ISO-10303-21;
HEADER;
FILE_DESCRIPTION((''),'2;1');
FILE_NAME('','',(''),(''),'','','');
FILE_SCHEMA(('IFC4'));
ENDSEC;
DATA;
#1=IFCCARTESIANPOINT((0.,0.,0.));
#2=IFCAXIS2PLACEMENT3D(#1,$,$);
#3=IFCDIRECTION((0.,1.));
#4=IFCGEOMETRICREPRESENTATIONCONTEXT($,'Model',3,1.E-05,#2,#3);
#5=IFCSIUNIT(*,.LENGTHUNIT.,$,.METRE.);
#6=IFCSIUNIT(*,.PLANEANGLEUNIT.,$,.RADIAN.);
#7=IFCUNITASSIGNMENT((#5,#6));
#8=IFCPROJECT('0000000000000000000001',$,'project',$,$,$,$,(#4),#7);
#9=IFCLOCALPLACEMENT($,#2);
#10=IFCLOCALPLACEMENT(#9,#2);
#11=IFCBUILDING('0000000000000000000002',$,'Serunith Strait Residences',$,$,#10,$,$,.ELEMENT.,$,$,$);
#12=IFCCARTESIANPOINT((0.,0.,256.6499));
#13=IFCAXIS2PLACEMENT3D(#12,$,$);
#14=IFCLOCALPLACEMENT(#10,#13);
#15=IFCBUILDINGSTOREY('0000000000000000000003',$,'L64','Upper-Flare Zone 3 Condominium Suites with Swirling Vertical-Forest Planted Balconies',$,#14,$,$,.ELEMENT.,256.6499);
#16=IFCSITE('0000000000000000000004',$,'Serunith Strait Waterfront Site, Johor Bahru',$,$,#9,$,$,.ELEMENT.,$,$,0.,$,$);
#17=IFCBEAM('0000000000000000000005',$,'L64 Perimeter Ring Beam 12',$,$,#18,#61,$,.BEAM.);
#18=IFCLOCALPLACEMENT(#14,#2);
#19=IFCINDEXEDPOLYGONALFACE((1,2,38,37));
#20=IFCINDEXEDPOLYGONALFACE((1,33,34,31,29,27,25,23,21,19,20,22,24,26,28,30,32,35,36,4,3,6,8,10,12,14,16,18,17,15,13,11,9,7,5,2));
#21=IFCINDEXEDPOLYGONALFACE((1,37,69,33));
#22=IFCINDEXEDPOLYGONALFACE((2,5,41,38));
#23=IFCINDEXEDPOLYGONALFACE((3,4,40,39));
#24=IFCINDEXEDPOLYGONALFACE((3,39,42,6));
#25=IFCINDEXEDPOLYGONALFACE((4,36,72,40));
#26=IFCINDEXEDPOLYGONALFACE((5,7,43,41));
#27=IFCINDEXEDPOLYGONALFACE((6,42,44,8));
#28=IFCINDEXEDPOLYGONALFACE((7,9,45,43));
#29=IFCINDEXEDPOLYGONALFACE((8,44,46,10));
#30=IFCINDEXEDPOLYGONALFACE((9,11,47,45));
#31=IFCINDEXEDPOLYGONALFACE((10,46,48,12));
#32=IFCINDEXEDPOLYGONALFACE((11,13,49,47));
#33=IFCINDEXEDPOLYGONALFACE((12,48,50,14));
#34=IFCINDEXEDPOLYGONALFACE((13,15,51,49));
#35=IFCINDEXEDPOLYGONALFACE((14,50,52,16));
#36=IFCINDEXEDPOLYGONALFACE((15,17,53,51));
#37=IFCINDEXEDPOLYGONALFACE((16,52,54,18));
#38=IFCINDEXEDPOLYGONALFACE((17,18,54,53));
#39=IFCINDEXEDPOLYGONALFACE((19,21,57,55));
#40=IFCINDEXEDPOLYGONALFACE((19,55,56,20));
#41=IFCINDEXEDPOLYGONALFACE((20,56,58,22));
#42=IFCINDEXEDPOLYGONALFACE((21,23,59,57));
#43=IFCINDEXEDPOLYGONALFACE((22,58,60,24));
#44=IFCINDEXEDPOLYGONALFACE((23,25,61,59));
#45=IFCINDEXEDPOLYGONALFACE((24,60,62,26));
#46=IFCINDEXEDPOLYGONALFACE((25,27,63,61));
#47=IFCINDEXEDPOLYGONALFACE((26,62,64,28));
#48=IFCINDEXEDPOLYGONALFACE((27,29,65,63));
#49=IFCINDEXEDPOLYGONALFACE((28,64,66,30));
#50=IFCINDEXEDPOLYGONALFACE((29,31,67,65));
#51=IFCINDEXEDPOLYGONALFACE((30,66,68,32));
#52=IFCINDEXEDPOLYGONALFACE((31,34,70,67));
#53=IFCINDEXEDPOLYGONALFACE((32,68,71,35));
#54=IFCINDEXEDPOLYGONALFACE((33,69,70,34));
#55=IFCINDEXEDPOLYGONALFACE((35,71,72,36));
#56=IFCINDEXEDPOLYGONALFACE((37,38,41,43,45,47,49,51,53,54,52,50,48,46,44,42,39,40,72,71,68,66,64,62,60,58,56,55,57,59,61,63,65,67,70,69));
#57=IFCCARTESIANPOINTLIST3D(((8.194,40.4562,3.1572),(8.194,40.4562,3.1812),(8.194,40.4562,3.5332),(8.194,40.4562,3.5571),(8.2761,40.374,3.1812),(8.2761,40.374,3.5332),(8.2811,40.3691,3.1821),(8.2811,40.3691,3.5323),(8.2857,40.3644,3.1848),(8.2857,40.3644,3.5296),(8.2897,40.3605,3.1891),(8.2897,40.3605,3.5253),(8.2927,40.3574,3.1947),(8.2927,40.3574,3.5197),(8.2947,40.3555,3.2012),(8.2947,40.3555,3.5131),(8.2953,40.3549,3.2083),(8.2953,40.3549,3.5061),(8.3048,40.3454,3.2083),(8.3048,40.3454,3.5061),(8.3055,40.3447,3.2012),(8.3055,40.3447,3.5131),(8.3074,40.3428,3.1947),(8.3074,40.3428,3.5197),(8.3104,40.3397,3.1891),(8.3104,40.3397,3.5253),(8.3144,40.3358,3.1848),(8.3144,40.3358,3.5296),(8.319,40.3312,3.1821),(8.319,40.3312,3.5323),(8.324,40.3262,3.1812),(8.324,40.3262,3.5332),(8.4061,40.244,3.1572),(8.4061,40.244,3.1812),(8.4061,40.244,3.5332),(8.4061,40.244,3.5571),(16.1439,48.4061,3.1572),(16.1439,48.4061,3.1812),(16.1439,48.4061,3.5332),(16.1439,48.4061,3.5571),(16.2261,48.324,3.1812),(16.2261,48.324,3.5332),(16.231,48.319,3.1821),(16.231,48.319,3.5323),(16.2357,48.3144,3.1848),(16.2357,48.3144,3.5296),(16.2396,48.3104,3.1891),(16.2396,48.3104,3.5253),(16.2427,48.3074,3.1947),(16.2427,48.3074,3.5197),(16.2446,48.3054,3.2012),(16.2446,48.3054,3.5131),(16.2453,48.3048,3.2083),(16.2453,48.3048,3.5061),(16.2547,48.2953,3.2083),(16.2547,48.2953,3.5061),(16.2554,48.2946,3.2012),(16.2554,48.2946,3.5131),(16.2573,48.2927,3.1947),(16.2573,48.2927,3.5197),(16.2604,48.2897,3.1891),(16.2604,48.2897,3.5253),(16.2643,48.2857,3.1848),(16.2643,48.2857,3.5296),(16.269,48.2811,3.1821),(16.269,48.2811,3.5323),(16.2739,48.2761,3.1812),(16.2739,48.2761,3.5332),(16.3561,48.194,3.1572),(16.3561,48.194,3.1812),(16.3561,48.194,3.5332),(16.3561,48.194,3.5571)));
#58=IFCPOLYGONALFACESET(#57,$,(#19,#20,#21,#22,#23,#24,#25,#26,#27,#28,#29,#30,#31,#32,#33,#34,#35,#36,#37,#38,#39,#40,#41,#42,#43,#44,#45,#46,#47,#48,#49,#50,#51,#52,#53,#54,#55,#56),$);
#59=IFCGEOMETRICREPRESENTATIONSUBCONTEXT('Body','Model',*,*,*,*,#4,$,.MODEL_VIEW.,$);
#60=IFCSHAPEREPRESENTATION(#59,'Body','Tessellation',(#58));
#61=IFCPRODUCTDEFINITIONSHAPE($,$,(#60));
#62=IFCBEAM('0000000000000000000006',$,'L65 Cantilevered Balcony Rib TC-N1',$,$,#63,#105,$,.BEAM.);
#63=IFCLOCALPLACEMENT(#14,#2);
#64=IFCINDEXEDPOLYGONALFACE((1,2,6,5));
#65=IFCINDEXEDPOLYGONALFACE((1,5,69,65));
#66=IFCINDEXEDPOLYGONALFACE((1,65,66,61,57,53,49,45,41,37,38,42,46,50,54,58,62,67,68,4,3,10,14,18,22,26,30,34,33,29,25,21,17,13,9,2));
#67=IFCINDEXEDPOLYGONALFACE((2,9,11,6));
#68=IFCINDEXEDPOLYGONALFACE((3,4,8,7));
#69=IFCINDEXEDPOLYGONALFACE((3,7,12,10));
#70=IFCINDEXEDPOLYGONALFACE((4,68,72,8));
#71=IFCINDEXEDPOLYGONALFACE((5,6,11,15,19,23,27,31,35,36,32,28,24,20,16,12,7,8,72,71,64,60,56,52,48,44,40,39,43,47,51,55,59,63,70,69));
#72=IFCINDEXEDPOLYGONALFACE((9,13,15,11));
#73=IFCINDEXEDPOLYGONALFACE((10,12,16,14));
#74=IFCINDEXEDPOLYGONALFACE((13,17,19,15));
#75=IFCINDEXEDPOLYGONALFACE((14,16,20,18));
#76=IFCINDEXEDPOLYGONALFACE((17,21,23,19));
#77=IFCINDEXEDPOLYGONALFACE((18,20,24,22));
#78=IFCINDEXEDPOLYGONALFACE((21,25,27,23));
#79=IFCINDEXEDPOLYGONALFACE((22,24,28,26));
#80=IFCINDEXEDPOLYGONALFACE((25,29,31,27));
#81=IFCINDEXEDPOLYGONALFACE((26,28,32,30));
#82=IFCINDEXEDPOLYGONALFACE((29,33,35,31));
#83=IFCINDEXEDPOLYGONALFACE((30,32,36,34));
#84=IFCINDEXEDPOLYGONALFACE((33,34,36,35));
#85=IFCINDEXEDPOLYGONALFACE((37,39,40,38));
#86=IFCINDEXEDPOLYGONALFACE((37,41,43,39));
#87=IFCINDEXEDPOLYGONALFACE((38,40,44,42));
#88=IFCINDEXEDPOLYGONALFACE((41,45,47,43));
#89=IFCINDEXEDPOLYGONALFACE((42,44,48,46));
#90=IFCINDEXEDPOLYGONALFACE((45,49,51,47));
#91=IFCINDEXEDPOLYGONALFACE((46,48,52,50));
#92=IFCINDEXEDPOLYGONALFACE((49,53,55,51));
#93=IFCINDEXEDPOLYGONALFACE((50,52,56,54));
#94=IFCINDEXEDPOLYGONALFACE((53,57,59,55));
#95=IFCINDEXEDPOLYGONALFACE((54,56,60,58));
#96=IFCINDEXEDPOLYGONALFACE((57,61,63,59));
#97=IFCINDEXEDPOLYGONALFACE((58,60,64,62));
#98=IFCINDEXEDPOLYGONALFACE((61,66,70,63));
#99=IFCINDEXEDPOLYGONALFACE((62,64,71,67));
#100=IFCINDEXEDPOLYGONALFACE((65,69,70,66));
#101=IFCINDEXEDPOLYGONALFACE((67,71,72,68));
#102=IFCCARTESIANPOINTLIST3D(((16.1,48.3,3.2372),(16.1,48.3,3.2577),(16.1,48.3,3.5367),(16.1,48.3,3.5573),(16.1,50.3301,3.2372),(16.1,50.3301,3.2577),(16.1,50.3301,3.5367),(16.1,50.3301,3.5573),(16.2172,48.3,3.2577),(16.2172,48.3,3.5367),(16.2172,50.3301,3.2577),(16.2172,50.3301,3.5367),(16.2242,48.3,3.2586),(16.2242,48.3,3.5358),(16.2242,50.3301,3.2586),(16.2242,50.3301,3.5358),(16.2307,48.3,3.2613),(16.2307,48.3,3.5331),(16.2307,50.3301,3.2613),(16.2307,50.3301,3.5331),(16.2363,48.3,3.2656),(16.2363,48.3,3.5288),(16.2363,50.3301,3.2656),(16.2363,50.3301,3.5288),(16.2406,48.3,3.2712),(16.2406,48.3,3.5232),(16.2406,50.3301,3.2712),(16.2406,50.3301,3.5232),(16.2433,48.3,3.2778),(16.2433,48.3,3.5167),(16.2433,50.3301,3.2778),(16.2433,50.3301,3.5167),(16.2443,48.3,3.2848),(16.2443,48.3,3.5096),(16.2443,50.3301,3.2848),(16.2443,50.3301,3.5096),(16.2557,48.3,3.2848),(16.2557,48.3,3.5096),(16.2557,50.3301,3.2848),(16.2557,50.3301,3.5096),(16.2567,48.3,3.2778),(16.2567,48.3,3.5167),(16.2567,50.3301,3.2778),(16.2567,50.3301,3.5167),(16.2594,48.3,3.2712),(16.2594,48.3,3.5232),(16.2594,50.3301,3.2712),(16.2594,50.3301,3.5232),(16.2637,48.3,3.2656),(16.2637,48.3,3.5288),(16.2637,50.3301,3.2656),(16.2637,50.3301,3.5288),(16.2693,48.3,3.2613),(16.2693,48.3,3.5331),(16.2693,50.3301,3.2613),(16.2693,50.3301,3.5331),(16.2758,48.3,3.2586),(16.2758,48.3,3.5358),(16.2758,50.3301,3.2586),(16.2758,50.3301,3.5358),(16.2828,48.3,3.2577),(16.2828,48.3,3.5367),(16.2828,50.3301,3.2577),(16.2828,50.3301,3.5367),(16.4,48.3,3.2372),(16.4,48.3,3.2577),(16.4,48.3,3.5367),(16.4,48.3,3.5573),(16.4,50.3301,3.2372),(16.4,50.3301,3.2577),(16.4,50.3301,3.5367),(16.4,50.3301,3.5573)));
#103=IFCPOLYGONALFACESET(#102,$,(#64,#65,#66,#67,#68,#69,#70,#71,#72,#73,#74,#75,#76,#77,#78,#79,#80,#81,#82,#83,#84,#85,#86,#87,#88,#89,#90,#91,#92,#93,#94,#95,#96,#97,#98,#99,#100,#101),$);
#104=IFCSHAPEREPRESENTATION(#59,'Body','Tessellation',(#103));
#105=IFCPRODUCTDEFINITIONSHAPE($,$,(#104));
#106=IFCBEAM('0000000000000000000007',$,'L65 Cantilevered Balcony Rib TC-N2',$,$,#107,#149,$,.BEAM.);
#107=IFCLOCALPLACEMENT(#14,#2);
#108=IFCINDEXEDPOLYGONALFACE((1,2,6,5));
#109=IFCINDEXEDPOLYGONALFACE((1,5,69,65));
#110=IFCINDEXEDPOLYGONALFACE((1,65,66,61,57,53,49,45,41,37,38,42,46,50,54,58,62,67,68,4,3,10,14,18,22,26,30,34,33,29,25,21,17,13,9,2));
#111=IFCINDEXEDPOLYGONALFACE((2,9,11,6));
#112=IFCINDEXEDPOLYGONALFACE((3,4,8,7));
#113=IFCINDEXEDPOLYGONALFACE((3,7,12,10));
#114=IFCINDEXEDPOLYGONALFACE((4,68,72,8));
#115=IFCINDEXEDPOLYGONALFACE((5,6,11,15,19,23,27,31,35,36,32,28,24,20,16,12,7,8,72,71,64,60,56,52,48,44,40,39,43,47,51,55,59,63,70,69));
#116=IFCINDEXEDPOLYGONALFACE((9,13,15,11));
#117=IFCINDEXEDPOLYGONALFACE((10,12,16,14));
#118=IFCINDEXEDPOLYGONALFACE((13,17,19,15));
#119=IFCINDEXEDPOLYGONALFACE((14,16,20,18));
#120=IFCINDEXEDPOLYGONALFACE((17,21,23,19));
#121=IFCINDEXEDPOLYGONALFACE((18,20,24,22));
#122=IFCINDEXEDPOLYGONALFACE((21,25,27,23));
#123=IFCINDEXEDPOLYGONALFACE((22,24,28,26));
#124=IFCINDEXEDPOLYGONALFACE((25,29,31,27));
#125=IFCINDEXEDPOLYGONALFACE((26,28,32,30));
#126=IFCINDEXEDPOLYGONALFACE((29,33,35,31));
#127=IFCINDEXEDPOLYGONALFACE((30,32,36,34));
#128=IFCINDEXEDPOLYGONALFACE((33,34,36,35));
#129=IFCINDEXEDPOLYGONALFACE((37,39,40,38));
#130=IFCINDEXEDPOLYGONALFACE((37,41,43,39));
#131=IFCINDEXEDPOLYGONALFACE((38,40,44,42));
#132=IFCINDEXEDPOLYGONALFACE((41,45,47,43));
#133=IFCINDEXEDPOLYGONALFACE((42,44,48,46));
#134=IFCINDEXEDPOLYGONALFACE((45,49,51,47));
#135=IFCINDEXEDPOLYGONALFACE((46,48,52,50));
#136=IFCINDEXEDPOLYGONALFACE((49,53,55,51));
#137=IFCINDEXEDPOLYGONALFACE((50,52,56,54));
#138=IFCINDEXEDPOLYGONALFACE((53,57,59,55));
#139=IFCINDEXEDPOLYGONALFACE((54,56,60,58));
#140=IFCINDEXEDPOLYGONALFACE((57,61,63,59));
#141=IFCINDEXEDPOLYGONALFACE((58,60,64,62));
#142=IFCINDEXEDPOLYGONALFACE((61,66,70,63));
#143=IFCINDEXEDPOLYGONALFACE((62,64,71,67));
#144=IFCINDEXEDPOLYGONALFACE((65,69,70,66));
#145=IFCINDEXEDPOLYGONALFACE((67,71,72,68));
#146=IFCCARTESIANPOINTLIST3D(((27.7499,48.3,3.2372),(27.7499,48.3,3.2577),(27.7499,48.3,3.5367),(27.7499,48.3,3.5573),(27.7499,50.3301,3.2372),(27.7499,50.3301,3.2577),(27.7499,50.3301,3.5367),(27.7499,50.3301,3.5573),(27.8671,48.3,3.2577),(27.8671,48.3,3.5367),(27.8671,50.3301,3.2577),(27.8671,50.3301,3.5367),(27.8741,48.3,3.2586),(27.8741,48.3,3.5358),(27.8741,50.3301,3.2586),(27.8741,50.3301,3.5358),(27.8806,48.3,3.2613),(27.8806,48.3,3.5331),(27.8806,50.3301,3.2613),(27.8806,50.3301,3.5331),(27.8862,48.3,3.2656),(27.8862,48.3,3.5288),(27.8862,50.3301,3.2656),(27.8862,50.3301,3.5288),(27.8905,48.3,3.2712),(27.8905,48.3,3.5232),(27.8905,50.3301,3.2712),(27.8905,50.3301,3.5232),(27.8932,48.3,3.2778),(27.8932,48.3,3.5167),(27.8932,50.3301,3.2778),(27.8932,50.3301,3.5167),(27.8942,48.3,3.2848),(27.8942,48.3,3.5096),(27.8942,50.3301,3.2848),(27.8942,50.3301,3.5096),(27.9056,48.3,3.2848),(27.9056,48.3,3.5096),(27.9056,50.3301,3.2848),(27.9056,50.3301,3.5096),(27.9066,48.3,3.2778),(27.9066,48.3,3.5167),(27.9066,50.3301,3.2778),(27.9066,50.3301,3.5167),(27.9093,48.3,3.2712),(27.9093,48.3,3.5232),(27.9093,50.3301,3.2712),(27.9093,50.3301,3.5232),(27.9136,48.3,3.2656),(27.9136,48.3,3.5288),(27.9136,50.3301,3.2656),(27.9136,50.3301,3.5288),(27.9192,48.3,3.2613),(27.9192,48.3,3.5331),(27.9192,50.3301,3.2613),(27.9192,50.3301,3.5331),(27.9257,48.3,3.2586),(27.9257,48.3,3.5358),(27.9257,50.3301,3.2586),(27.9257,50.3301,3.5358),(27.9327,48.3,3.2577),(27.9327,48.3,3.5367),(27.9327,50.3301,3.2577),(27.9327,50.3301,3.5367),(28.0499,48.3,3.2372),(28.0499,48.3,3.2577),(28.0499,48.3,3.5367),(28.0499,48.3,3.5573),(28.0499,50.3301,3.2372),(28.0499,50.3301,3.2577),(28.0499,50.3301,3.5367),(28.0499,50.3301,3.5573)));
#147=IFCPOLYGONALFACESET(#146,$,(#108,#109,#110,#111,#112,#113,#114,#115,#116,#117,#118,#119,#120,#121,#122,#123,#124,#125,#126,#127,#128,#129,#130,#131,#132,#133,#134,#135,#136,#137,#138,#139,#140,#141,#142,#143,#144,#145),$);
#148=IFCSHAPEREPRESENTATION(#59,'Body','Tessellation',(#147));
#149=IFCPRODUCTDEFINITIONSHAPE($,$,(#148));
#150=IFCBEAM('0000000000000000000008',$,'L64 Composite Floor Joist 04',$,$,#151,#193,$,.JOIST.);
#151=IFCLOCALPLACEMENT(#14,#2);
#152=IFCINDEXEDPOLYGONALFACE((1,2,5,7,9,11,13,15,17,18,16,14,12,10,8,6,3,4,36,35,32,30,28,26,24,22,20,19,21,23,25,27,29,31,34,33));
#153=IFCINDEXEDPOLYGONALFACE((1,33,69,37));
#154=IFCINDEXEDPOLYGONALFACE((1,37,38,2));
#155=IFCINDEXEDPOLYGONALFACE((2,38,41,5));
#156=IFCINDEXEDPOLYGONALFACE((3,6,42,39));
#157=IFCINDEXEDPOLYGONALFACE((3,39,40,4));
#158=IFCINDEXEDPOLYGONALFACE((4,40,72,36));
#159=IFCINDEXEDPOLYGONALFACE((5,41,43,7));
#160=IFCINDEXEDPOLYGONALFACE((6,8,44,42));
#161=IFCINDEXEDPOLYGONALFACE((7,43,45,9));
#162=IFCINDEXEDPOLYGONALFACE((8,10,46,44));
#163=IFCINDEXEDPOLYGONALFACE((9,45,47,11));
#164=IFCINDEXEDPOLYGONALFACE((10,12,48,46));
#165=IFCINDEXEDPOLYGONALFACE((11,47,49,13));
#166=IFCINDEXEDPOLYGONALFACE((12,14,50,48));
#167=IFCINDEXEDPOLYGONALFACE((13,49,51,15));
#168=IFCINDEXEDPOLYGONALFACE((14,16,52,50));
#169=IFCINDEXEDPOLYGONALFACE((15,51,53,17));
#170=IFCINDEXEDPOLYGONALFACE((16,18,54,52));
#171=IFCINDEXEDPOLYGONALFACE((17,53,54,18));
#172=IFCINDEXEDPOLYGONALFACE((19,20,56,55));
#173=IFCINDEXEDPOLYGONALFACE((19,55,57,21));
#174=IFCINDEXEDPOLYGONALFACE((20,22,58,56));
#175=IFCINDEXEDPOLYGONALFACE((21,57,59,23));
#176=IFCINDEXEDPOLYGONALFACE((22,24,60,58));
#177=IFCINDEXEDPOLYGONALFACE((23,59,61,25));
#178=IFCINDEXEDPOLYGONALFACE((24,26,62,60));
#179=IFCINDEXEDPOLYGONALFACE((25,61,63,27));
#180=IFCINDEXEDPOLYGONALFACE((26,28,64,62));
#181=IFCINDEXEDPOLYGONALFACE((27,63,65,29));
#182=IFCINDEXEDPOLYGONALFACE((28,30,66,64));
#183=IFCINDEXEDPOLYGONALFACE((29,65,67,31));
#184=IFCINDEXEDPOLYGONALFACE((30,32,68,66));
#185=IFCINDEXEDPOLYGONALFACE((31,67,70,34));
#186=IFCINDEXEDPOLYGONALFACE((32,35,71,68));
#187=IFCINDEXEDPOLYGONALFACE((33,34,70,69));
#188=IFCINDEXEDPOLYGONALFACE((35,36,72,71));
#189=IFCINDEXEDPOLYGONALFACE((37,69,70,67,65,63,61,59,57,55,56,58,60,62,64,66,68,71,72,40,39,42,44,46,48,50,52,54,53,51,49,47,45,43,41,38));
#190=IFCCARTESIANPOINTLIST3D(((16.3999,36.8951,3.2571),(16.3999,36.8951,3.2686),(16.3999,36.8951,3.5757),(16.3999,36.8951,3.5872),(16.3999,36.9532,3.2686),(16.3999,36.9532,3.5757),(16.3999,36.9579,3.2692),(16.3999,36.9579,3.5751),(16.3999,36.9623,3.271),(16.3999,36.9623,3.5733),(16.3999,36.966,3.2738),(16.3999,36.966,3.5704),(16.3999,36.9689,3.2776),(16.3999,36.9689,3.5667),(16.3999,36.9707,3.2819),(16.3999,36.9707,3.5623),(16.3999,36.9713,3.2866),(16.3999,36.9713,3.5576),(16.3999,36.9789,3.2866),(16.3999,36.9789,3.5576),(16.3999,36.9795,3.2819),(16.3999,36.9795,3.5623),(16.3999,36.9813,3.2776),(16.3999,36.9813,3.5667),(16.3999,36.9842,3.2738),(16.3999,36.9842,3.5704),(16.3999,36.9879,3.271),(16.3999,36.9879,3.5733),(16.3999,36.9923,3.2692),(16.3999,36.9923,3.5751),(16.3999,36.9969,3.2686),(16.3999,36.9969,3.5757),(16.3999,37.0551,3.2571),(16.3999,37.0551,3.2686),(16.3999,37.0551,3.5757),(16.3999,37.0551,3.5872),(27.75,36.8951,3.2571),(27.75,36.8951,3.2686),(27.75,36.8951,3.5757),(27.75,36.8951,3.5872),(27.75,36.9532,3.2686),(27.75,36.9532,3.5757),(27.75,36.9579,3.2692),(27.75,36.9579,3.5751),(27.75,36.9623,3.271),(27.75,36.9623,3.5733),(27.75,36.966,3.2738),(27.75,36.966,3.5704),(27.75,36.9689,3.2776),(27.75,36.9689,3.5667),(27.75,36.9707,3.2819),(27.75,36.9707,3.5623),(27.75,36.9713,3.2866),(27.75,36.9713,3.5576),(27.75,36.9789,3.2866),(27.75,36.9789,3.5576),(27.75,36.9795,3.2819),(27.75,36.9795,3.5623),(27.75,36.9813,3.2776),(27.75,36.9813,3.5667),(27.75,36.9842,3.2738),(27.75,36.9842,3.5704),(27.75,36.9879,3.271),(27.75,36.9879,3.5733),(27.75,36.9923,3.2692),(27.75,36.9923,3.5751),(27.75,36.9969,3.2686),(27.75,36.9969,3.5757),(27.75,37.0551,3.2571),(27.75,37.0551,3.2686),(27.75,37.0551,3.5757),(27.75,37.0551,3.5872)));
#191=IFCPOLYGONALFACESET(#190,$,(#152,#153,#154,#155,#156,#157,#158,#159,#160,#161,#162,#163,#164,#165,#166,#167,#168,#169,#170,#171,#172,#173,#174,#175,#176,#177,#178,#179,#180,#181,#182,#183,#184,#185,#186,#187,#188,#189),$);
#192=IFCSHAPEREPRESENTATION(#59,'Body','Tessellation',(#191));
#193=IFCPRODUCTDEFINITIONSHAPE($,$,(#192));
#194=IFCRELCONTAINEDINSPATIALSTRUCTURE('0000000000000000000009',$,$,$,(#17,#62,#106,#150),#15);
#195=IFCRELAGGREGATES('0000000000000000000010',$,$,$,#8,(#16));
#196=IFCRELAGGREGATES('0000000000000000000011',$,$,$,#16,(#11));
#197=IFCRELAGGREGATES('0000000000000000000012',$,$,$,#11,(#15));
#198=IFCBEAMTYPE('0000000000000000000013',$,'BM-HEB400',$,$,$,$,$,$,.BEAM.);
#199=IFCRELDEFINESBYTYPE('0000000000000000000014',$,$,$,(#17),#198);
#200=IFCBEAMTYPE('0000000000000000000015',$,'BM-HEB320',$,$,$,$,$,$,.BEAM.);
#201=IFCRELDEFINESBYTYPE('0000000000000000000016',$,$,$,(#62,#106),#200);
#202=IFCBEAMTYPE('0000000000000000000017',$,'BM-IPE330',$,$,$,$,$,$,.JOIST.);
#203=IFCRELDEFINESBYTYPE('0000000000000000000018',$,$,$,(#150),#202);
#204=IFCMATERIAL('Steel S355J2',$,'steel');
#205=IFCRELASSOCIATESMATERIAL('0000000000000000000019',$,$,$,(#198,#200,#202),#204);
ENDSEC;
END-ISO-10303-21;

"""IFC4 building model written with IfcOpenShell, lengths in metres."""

from ifc_helpers import new_model, si_unit, direction, frame, origin, origin_2d, place, context, subcontext, project, spatial, i_section, extrude, source, transform, mapped, material, material_profile, profile_set, type_object, element, save


model = new_model("IFC4")

# Units and contexts
model_context = context("Model", 3, precision=1e-05, world=origin(), true_north=direction((0.0, 1.0)))
body_context = subcontext(model_context, "Body", "Model", "MODEL_VIEW")
ifc_project = project(units=[si_unit("LENGTHUNIT", "METRE"), si_unit("PLANEANGLEUNIT", "RADIAN")], contexts=[model_context])

# Site, building, storey
site_placement = place(None, origin())
site = spatial("IfcSite", under=ifc_project, at=site_placement, Name="Serunith Strait Waterfront Site, Johor Bahru", CompositionType="ELEMENT", RefElevation=0.0)
building_placement = place(site_placement, origin())
building = spatial("IfcBuilding", under=site, at=building_placement, Name="Serunith Strait Residences", CompositionType="ELEMENT")
storey_placement = place(building_placement, frame((0.0, 0.0, 256.6499)))
storey = spatial("IfcBuildingStorey", under=building, at=storey_placement, Name="L64", Description="Upper-Flare Zone 3 Condominium Suites with Swirling Vertical-Forest Planted Balconies", CompositionType="ELEMENT", Elevation=256.6499)

# Beams
ifc_material_1 = material(Name="Steel S355J2", Category="steel")
ifc_material_profile_1 = material_profile(ifc_material_1, i_section(OverallWidth=0.3, OverallDepth=0.3999, WebThickness=0.0134, FlangeThickness=0.0239, FilletRadius=0.0271, at=origin_2d()), Name="HEB 400")
ifc_profile_set_1 = profile_set([ifc_material_profile_1], Name="Steel S355J2")
beam_type_1 = type_object("IfcBeamType", Name="BM-HEB400", PredefinedType="BEAM", material=ifc_profile_set_1)
shared_shape_1 = source(origin(), body_context, "Body", "SweptSolid", [
    extrude(i_section(OverallWidth=0.3, OverallDepth=0.3999, WebThickness=0.0134, FlangeThickness=0.0239, FilletRadius=0.0271, at=origin_2d()), origin(), (0.0, 0.0, 1.0), 11.2429),
])
beam_1_placement = place(storey_placement, frame((16.25, 48.3, 3.3572), z_axis=(-0.707107, -0.707107, 0.0), x_axis=(0.707107, -0.707107, 0.0)))
element("IfcBeam", 1, at=beam_1_placement, inside=storey, type_object=beam_type_1, Name="L64 Perimeter Ring Beam 12", PredefinedType="BEAM", context=body_context, shape_type="MappedRepresentation", body=[
    mapped(shared_shape_1, transform((0.0, 0.0, 0.0), scale=1.0)),
])
ifc_material_profile_2 = material_profile(ifc_material_1, i_section(OverallWidth=0.3, OverallDepth=0.3201, WebThickness=0.0115, FlangeThickness=0.0205, FilletRadius=0.0271, at=origin_2d()), Name="HEB 320")
ifc_profile_set_2 = profile_set([ifc_material_profile_2], Name="Steel S355J2")
beam_type_2 = type_object("IfcBeamType", Name="BM-HEB320", PredefinedType="BEAM", material=ifc_profile_set_2)
shared_shape_2 = source(origin(), body_context, "Body", "SweptSolid", [
    extrude(i_section(OverallWidth=0.3, OverallDepth=0.3201, WebThickness=0.0115, FlangeThickness=0.0205, FilletRadius=0.0271, at=origin_2d()), origin(), (0.0, 0.0, 1.0), 2.03),
])
for number, where, z_axis, x_axis, name in (
    (2, (16.25, 48.3, 3.3972), (0.0, 1.0, 0.0), (-1.0, 0.0, 0.0), "L65 Cantilevered Balcony Rib TC-N1"),
    (3, (27.8999, 48.3, 3.3972), (0.0, 1.0, 0.0), (-1.0, 0.0, 0.0), "L65 Cantilevered Balcony Rib TC-N2"),
):
    element("IfcBeam", number, at=place(storey_placement, frame(where, z_axis=z_axis, x_axis=x_axis)), inside=storey, type_object=beam_type_2, Name=name, PredefinedType="BEAM", context=body_context, shape_type="MappedRepresentation", body=[
        mapped(shared_shape_2, transform((0.0, 0.0, 0.0), scale=1.0)),
    ])
ifc_material_profile_3 = material_profile(ifc_material_1, i_section(OverallWidth=0.1599, OverallDepth=0.3301, WebThickness=0.0076, FlangeThickness=0.0115, FilletRadius=0.0181, at=origin_2d()), Name="IPE 330")
ifc_profile_set_3 = profile_set([ifc_material_profile_3], Name="Steel S355J2")
beam_type_3 = type_object("IfcBeamType", Name="BM-IPE330", PredefinedType="JOIST", material=ifc_profile_set_3)
shared_shape_3 = source(origin(), body_context, "Body", "SweptSolid", [
    extrude(i_section(OverallWidth=0.1599, OverallDepth=0.3301, WebThickness=0.0076, FlangeThickness=0.0115, FilletRadius=0.0181, at=origin_2d()), origin(), (0.0, 0.0, 1.0), 11.3501),
])
beam_2_placement = place(storey_placement, frame((16.3999, 36.9751, 3.4221), z_axis=(1.0, 0.0, 0.0), x_axis=(0.0, 1.0, 0.0)))
element("IfcBeam", 4, at=beam_2_placement, inside=storey, type_object=beam_type_3, Name="L64 Composite Floor Joist 04", PredefinedType="JOIST", context=body_context, shape_type="MappedRepresentation", body=[
    mapped(shared_shape_3, transform((0.0, 0.0, 0.0), scale=1.0)),
])

save(model, "model.ifc")
